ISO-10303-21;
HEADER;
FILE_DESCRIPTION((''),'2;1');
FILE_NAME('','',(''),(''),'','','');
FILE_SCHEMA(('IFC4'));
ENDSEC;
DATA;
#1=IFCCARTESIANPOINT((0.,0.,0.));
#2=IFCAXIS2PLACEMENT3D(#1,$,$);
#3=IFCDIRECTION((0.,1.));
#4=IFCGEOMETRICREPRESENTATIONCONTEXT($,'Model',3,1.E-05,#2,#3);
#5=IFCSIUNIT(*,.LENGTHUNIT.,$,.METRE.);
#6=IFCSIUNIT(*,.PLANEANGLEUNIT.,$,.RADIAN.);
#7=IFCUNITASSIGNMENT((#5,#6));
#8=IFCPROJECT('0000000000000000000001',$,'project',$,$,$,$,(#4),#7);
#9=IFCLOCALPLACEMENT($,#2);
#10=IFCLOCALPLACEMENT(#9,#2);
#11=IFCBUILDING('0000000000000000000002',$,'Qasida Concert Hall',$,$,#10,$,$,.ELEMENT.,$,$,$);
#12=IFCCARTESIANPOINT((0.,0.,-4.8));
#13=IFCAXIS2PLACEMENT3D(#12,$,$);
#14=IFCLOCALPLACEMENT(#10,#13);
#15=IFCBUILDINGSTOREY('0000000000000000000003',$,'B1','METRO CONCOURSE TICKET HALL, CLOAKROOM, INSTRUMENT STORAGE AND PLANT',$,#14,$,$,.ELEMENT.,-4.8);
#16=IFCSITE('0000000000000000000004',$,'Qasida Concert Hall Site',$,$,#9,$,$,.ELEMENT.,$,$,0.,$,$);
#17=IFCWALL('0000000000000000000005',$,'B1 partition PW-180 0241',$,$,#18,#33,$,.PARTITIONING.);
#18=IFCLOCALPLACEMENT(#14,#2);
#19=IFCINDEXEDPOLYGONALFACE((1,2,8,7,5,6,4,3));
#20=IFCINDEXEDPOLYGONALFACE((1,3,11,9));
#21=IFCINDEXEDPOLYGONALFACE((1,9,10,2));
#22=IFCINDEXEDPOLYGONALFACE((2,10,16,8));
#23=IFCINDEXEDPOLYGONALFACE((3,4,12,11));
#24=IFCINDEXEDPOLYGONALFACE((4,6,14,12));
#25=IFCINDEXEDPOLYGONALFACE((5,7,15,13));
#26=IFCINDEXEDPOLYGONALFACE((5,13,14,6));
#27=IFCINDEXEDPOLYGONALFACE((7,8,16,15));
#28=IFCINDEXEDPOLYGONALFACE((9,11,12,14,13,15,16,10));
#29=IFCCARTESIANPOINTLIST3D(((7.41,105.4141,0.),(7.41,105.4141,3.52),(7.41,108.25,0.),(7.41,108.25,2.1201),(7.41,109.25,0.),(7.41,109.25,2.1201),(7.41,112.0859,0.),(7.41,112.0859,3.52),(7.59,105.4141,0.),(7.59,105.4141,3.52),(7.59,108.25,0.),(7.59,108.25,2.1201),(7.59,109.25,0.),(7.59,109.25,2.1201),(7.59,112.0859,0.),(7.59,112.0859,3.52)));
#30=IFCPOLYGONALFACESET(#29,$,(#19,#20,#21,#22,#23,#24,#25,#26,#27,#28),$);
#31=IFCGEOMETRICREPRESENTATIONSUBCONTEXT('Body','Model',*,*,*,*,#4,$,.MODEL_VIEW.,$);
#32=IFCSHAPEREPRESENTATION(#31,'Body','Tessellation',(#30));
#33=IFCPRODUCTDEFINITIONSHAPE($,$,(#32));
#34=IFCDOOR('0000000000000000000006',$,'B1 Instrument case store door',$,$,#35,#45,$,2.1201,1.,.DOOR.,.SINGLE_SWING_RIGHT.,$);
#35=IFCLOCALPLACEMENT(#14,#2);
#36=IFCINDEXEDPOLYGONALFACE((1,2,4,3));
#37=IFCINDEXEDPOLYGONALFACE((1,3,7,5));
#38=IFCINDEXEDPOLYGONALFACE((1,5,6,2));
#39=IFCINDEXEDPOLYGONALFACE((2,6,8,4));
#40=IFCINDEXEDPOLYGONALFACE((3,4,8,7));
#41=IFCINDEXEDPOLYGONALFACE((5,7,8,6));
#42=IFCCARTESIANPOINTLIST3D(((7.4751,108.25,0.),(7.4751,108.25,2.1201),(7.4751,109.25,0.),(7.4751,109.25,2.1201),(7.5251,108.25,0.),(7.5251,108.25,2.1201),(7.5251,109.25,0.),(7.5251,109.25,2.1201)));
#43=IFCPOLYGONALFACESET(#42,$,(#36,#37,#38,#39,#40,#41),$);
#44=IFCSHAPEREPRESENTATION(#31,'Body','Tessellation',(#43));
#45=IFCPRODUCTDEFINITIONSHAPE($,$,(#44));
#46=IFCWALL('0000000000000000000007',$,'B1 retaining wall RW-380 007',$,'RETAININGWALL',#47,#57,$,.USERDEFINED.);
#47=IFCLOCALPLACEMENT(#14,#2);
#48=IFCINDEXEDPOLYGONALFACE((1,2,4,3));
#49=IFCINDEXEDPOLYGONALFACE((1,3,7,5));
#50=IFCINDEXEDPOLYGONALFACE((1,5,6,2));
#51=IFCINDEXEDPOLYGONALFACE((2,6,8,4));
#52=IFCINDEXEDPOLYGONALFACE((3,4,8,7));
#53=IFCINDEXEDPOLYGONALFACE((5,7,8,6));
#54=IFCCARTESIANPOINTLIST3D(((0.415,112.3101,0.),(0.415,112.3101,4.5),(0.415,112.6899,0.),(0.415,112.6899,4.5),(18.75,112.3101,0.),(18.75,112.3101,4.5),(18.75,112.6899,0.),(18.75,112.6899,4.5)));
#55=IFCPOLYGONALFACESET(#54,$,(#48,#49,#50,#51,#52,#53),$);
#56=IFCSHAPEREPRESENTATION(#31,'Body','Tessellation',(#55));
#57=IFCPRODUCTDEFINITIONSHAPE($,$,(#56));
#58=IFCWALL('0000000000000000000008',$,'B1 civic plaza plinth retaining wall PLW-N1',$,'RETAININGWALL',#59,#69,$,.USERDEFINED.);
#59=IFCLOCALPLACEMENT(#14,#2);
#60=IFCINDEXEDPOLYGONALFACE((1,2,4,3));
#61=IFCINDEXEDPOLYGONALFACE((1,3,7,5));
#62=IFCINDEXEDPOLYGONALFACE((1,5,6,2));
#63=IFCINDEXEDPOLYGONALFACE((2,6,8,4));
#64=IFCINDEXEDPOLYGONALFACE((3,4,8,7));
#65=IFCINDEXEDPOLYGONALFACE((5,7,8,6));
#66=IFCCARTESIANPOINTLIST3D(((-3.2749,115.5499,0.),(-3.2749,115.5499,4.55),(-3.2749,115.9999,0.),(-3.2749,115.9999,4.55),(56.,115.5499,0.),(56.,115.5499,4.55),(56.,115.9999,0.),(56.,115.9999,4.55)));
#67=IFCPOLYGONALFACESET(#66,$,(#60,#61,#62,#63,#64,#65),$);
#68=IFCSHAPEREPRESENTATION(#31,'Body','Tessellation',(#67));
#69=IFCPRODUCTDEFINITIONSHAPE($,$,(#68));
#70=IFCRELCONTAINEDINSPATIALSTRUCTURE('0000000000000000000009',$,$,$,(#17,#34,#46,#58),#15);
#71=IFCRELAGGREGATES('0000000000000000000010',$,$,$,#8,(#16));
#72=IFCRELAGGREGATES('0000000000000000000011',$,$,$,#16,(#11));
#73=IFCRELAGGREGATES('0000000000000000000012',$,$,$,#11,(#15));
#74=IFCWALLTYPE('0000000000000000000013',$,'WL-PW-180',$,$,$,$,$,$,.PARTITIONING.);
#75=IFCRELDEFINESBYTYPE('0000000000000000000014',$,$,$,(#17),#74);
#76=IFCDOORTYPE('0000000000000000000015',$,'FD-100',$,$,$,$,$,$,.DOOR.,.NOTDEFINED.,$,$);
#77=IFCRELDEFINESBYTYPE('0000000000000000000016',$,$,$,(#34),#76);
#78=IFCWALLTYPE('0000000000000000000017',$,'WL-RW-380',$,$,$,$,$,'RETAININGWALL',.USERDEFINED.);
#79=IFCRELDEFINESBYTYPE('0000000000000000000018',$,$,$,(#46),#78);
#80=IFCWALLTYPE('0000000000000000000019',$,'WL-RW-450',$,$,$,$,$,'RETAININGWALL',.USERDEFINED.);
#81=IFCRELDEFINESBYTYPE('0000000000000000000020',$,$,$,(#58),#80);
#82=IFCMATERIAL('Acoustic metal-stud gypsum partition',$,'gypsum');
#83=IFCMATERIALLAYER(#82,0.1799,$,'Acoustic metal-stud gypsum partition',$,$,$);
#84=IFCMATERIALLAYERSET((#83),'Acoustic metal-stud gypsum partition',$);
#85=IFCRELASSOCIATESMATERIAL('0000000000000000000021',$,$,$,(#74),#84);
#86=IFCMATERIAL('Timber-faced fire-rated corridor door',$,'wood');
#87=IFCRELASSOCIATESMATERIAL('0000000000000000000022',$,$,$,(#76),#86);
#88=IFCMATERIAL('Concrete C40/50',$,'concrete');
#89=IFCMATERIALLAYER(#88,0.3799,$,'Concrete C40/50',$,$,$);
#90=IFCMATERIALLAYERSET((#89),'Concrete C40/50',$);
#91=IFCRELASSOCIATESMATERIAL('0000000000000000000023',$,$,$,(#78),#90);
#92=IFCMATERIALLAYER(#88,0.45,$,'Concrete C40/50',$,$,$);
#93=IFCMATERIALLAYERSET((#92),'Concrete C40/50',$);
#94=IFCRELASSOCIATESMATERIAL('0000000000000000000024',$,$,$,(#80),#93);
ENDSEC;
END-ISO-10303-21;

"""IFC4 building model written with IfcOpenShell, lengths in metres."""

from ifc_helpers import new_model, si_unit, direction, frame, frame_2d, origin, place, context, subcontext, project, spatial, rectangle, extrude, material, layer, layer_set, type_object, element, fill, save


model = new_model("IFC4")

# Units and contexts
model_context = context("Model", 3, precision=1e-05, world=origin(), true_north=direction((0.0, 1.0)))
body_context = subcontext(model_context, "Body", "Model", "MODEL_VIEW")
ifc_project = project(units=[si_unit("LENGTHUNIT", "METRE"), si_unit("PLANEANGLEUNIT", "RADIAN")], contexts=[model_context])

# Site, building, storey
site_placement = place(None, origin())
site = spatial("IfcSite", under=ifc_project, at=site_placement, Name="Qasida Concert Hall Site", CompositionType="ELEMENT", RefElevation=0.0)
building_placement = place(site_placement, origin())
building = spatial("IfcBuilding", under=site, at=building_placement, Name="Qasida Concert Hall", CompositionType="ELEMENT")
storey_placement = place(building_placement, frame((0.0, 0.0, -4.8)))
storey = spatial("IfcBuildingStorey", under=building, at=storey_placement, Name="B1", Description="METRO CONCOURSE TICKET HALL, CLOAKROOM, INSTRUMENT STORAGE AND PLANT", CompositionType="ELEMENT", Elevation=-4.8)

# Shared definitions
ifc_material_1 = material(Name="Concrete C40/50", Category="concrete")

# Shared definitions
ifc_material_2 = material(Name="Acoustic metal-stud gypsum partition", Category="gypsum")
ifc_layer_1 = layer(ifc_material_2, 0.1799, Name="Acoustic metal-stud gypsum partition")
ifc_layer_set_1 = layer_set([ifc_layer_1], Name="Acoustic metal-stud gypsum partition")
wall_type_1 = type_object("IfcWallType", Name="WL-PW-180", PredefinedType="PARTITIONING", material=ifc_layer_set_1)

# Wall, opening, door
ifc_material_3 = material(Name="Timber-faced fire-rated corridor door", Category="wood")
door_type = type_object("IfcDoorType", Name="FD-100", OperationType="NOTDEFINED", PredefinedType="DOOR", material=ifc_material_3)
wall_1_placement = place(storey_placement, frame((7.5, 105.4141, 0.0), z_axis=(0.0, 0.0, 1.0), x_axis=(0.0, 1.0, 0.0)))
wall_1 = element("IfcWall", 1, at=wall_1_placement, inside=storey, type_object=wall_type_1, Name="B1 partition PW-180 0241", PredefinedType="PARTITIONING", context=body_context, shape_type="SweptSolid", body=[
    extrude(rectangle(XDim=6.6719, YDim=0.1799, at=frame_2d((3.3359, 0.0))), origin(), (0.0, 0.0, 1.0), 3.52),
])
opening_1_placement = place(wall_1_placement, frame((2.8359, 0.0, 0.0)))
opening_1 = element("IfcOpeningElement", 2, at=opening_1_placement, cuts=wall_1, PredefinedType="OPENING", context=body_context, shape_type="SweptSolid", body=[
    extrude(rectangle(XDim=1.0, YDim=2.1201, at=frame_2d((0.5, 1.0601))), frame((0.0, 0.0999, 0.0), z_axis=(0.0, -1.0, 0.0), x_axis=(1.0, 0.0, 0.0)), (0.0, 0.0, 1.0), 0.2),
])
door_1_placement = place(opening_1_placement, origin())
door_1 = element("IfcDoor", 3, at=door_1_placement, inside=storey, type_object=door_type, Name="B1 Instrument case store door", OperationType="SINGLE_SWING_RIGHT", OverallHeight=2.1201, OverallWidth=1.0, PredefinedType="DOOR", context=body_context, shape_type="SweptSolid", body=[
    extrude(rectangle(XDim=1.0, YDim=2.1201, at=frame_2d((0.5, 1.0601))), frame((0.0, 0.0249, 0.0), z_axis=(0.0, -1.0, 0.0), x_axis=(1.0, 0.0, 0.0)), (0.0, 0.0, 1.0), 0.05),
])
fill(opening_1, door_1)

# Walls
ifc_layer_2 = layer(ifc_material_1, 0.3799, Name="Concrete C40/50")
ifc_layer_set_2 = layer_set([ifc_layer_2], Name="Concrete C40/50")
wall_type_2 = type_object("IfcWallType", Name="WL-RW-380", ElementType="RETAININGWALL", PredefinedType="USERDEFINED", material=ifc_layer_set_2)
wall_2_placement = place(storey_placement, frame((0.415, 112.5, 0.0), z_axis=(0.0, 0.0, 1.0), x_axis=(1.0, 0.0, 0.0)))
element("IfcWall", 4, at=wall_2_placement, inside=storey, type_object=wall_type_2, Name="B1 retaining wall RW-380 007", ObjectType="RETAININGWALL", PredefinedType="USERDEFINED", context=body_context, shape_type="SweptSolid", body=[
    extrude(rectangle(XDim=18.335, YDim=0.3799, at=frame_2d((9.1675, 0.0))), origin(), (0.0, 0.0, 1.0), 4.5),
])
ifc_layer_3 = layer(ifc_material_1, 0.45, Name="Concrete C40/50")
ifc_layer_set_3 = layer_set([ifc_layer_3], Name="Concrete C40/50")
wall_type_3 = type_object("IfcWallType", Name="WL-RW-450", ElementType="RETAININGWALL", PredefinedType="USERDEFINED", material=ifc_layer_set_3)
wall_3_placement = place(storey_placement, frame((-3.2749, 115.7749, 0.0), z_axis=(0.0, 0.0, 1.0), x_axis=(1.0, 0.0, 0.0)))
element("IfcWall", 5, at=wall_3_placement, inside=storey, type_object=wall_type_3, Name="B1 civic plaza plinth retaining wall PLW-N1", ObjectType="RETAININGWALL", PredefinedType="USERDEFINED", context=body_context, shape_type="SweptSolid", body=[
    extrude(rectangle(XDim=59.2749, YDim=0.45, at=frame_2d((29.6375, 0.0))), origin(), (0.0, 0.0, 1.0), 4.55),
])

save(model, "model.ifc")
